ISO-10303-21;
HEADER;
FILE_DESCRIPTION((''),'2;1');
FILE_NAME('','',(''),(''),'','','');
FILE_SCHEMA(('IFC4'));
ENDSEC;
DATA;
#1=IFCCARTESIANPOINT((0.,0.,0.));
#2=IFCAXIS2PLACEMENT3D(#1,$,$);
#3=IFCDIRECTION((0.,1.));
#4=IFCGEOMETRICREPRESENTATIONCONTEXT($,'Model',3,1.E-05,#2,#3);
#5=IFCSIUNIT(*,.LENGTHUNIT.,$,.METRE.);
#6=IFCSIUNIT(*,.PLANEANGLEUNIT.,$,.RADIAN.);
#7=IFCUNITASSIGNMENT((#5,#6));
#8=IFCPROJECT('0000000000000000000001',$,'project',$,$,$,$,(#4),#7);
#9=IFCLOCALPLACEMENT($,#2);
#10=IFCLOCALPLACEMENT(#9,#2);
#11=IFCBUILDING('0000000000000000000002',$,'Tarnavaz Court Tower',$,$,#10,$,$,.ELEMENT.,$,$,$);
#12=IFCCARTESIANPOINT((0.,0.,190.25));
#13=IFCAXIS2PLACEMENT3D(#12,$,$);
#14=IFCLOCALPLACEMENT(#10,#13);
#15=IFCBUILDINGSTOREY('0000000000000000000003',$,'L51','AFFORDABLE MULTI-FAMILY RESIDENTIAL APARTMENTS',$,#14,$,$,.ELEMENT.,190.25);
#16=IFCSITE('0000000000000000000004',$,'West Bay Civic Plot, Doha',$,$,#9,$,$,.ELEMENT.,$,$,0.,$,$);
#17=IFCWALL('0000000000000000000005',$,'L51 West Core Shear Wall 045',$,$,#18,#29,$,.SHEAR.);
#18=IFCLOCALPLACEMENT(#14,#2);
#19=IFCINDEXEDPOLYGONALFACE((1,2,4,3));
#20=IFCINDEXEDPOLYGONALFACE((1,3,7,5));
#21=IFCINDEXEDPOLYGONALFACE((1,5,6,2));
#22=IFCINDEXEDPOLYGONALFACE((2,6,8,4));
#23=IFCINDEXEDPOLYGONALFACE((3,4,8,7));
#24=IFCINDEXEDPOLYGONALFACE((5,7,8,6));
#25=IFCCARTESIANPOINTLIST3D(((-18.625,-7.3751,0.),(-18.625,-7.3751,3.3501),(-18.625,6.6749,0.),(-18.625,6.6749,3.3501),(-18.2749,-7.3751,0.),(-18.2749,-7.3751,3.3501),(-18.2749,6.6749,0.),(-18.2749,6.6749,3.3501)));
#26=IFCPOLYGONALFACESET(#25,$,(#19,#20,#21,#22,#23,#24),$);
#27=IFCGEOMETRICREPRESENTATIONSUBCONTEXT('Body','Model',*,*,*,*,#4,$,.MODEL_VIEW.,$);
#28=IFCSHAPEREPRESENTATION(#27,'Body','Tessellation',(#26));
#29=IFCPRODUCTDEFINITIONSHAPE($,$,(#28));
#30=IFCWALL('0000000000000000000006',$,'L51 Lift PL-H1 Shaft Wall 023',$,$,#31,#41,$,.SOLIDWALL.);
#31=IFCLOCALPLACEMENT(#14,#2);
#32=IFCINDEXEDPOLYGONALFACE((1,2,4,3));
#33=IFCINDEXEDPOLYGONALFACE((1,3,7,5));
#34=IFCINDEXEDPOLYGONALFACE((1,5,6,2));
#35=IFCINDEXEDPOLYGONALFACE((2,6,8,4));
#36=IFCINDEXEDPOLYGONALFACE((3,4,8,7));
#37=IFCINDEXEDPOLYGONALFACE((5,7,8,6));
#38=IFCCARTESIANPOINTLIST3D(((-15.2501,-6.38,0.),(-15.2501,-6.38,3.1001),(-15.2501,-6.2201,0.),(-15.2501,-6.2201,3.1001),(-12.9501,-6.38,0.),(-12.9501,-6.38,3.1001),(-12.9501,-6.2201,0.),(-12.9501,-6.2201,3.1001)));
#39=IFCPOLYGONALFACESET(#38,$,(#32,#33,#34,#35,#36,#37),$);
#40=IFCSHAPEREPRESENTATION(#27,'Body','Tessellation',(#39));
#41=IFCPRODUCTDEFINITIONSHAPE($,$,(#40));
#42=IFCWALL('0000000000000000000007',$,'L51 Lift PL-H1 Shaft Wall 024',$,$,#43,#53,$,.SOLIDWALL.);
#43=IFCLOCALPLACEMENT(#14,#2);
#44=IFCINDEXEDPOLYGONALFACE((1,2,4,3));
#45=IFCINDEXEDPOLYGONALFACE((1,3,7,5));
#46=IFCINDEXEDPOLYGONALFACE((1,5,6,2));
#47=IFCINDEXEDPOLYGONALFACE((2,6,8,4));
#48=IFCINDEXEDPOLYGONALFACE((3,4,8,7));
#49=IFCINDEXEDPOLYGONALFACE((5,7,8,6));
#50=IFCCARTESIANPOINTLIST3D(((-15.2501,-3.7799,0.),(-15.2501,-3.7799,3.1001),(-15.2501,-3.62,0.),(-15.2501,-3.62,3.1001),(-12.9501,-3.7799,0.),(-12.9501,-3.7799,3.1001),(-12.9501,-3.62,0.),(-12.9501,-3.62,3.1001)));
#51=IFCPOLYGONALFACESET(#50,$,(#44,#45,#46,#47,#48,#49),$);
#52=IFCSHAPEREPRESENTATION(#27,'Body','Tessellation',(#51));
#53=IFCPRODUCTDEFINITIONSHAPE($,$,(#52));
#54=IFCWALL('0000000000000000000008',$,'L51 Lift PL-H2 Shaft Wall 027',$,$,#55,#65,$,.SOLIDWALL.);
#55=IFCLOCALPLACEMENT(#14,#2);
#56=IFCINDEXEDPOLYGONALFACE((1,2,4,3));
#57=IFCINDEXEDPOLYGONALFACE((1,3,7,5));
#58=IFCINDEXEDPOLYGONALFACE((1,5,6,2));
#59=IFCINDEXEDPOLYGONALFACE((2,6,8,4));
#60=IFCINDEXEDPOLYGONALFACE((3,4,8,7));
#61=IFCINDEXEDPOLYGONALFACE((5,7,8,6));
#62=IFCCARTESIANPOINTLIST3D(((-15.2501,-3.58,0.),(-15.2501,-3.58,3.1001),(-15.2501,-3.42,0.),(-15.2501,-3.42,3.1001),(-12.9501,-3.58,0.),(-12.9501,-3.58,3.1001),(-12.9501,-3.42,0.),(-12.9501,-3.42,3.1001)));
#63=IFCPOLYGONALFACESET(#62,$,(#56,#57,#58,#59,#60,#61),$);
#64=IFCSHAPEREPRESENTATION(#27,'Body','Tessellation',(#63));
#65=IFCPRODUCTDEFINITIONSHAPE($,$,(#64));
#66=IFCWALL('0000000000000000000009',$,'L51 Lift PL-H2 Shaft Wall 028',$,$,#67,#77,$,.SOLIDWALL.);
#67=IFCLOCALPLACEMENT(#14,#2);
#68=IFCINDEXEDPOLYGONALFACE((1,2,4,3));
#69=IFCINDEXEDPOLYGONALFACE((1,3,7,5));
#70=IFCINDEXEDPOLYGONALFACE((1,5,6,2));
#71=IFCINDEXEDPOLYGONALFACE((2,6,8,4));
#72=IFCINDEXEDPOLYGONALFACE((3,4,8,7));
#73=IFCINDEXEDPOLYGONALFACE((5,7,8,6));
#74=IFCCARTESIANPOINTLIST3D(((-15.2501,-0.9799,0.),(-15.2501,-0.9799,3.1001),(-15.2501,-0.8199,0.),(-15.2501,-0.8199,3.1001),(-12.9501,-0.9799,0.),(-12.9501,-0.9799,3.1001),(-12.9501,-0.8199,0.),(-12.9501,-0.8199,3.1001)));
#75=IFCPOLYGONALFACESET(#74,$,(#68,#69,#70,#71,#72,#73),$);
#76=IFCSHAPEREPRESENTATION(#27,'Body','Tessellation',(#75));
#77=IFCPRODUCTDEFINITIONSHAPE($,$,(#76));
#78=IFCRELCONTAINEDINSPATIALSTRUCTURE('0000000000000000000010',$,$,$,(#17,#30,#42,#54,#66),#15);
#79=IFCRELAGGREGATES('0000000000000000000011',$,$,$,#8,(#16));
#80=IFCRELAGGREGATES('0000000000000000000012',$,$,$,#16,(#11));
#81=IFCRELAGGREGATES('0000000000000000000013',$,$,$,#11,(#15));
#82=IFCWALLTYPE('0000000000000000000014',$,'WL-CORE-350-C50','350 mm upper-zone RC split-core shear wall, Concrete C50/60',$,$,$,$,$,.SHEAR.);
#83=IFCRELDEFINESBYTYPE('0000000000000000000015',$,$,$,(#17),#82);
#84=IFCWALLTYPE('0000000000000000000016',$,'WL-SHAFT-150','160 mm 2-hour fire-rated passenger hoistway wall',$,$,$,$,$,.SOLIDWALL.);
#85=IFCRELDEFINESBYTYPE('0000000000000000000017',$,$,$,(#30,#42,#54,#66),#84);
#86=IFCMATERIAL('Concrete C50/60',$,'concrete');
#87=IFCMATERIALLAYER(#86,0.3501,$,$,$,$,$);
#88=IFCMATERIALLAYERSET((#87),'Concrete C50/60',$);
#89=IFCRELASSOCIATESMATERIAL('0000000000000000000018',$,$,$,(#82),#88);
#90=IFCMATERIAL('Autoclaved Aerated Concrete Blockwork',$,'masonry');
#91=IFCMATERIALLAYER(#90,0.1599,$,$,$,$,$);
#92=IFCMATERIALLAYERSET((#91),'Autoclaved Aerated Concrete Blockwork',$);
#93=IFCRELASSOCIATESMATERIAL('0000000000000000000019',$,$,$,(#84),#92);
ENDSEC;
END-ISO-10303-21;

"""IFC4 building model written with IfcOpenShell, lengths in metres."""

from ifc_helpers import new_model, si_unit, direction, frame, frame_2d, origin, place, context, subcontext, project, spatial, rectangle, extrude, material, layer, layer_set, type_object, element, save


model = new_model("IFC4")

# Units and contexts
model_context = context("Model", 3, precision=1e-05, world=origin(), true_north=direction((0.0, 1.0)))
body_context = subcontext(model_context, "Body", "Model", "MODEL_VIEW")
ifc_project = project(units=[si_unit("LENGTHUNIT", "METRE"), si_unit("PLANEANGLEUNIT", "RADIAN")], contexts=[model_context])

# Site, building, storey
site_placement = place(None, origin())
site = spatial("IfcSite", under=ifc_project, at=site_placement, Name="West Bay Civic Plot, Doha", CompositionType="ELEMENT", RefElevation=0.0)
building_placement = place(site_placement, origin())
building = spatial("IfcBuilding", under=site, at=building_placement, Name="Tarnavaz Court Tower", CompositionType="ELEMENT")
storey_placement = place(building_placement, frame((0.0, 0.0, 190.25)))
storey = spatial("IfcBuildingStorey", under=building, at=storey_placement, Name="L51", Description="AFFORDABLE MULTI-FAMILY RESIDENTIAL APARTMENTS", CompositionType="ELEMENT", Elevation=190.25)

# Shared definitions
ifc_material_1 = material(Name="Concrete C50/60", Category="concrete")

# Wall
ifc_layer_1 = layer(ifc_material_1, 0.3501)
ifc_layer_set_1 = layer_set([ifc_layer_1], Name="Concrete C50/60")
wall_type_1 = type_object("IfcWallType", Name="WL-CORE-350-C50", Description="350 mm upper-zone RC split-core shear wall, Concrete C50/60", PredefinedType="SHEAR", material=ifc_layer_set_1)
wall_1_placement = place(storey_placement, frame((-18.45, -7.375, 0.0), z_axis=(0.0, 0.0, 1.0), x_axis=(0.0, 1.0, 0.0)))
element("IfcWall", 1, at=wall_1_placement, inside=storey, type_object=wall_type_1, Name="L51 West Core Shear Wall 045", PredefinedType="SHEAR", context=body_context, shape_type="SweptSolid", body=[
    extrude(rectangle(XDim=14.05, YDim=0.3501, at=frame_2d((7.0249, 0.0))), origin(), (0.0, 0.0, 1.0), 3.3501),
])

# Shared definitions
ifc_material_2 = material(Name="Autoclaved Aerated Concrete Blockwork", Category="masonry")
ifc_layer_2 = layer(ifc_material_2, 0.1599)
ifc_layer_set_2 = layer_set([ifc_layer_2], Name="Autoclaved Aerated Concrete Blockwork")
wall_type_2 = type_object("IfcWallType", Name="WL-SHAFT-150", Description="160 mm 2-hour fire-rated passenger hoistway wall", PredefinedType="SOLIDWALL", material=ifc_layer_set_2)

# Walls
for number, where, z_axis, x_axis, name in (
    (2, (-15.25, -6.3, 0.0), (0.0, 0.0, 1.0), (1.0, 0.0, 0.0), "L51 Lift PL-H1 Shaft Wall 023"),
    (3, (-15.25, -3.7, 0.0), (0.0, 0.0, 1.0), (1.0, 0.0, 0.0), "L51 Lift PL-H1 Shaft Wall 024"),
):
    element("IfcWall", number, at=place(storey_placement, frame(where, z_axis=z_axis, x_axis=x_axis)), inside=storey, type_object=wall_type_2, Name=name, PredefinedType="SOLIDWALL", context=body_context, shape_type="SweptSolid", body=[
        extrude(rectangle(XDim=2.3, YDim=0.1599, at=frame_2d((1.1499, 0.0))), origin(), (0.0, 0.0, 1.0), 3.1001),
    ])

# Walls
for number, where, z_axis, x_axis, name in (
    (4, (-15.25, -3.5, 0.0), (0.0, 0.0, 1.0), (1.0, 0.0, 0.0), "L51 Lift PL-H2 Shaft Wall 027"),
    (5, (-15.25, -0.8999, 0.0), (0.0, 0.0, 1.0), (1.0, 0.0, 0.0), "L51 Lift PL-H2 Shaft Wall 028"),
):
    element("IfcWall", number, at=place(storey_placement, frame(where, z_axis=z_axis, x_axis=x_axis)), inside=storey, type_object=wall_type_2, Name=name, PredefinedType="SOLIDWALL", context=body_context, shape_type="SweptSolid", body=[
        extrude(rectangle(XDim=2.3, YDim=0.1599, at=frame_2d((1.1499, 0.0))), origin(), (0.0, 0.0, 1.0), 3.1001),
    ])

save(model, "model.ifc")
